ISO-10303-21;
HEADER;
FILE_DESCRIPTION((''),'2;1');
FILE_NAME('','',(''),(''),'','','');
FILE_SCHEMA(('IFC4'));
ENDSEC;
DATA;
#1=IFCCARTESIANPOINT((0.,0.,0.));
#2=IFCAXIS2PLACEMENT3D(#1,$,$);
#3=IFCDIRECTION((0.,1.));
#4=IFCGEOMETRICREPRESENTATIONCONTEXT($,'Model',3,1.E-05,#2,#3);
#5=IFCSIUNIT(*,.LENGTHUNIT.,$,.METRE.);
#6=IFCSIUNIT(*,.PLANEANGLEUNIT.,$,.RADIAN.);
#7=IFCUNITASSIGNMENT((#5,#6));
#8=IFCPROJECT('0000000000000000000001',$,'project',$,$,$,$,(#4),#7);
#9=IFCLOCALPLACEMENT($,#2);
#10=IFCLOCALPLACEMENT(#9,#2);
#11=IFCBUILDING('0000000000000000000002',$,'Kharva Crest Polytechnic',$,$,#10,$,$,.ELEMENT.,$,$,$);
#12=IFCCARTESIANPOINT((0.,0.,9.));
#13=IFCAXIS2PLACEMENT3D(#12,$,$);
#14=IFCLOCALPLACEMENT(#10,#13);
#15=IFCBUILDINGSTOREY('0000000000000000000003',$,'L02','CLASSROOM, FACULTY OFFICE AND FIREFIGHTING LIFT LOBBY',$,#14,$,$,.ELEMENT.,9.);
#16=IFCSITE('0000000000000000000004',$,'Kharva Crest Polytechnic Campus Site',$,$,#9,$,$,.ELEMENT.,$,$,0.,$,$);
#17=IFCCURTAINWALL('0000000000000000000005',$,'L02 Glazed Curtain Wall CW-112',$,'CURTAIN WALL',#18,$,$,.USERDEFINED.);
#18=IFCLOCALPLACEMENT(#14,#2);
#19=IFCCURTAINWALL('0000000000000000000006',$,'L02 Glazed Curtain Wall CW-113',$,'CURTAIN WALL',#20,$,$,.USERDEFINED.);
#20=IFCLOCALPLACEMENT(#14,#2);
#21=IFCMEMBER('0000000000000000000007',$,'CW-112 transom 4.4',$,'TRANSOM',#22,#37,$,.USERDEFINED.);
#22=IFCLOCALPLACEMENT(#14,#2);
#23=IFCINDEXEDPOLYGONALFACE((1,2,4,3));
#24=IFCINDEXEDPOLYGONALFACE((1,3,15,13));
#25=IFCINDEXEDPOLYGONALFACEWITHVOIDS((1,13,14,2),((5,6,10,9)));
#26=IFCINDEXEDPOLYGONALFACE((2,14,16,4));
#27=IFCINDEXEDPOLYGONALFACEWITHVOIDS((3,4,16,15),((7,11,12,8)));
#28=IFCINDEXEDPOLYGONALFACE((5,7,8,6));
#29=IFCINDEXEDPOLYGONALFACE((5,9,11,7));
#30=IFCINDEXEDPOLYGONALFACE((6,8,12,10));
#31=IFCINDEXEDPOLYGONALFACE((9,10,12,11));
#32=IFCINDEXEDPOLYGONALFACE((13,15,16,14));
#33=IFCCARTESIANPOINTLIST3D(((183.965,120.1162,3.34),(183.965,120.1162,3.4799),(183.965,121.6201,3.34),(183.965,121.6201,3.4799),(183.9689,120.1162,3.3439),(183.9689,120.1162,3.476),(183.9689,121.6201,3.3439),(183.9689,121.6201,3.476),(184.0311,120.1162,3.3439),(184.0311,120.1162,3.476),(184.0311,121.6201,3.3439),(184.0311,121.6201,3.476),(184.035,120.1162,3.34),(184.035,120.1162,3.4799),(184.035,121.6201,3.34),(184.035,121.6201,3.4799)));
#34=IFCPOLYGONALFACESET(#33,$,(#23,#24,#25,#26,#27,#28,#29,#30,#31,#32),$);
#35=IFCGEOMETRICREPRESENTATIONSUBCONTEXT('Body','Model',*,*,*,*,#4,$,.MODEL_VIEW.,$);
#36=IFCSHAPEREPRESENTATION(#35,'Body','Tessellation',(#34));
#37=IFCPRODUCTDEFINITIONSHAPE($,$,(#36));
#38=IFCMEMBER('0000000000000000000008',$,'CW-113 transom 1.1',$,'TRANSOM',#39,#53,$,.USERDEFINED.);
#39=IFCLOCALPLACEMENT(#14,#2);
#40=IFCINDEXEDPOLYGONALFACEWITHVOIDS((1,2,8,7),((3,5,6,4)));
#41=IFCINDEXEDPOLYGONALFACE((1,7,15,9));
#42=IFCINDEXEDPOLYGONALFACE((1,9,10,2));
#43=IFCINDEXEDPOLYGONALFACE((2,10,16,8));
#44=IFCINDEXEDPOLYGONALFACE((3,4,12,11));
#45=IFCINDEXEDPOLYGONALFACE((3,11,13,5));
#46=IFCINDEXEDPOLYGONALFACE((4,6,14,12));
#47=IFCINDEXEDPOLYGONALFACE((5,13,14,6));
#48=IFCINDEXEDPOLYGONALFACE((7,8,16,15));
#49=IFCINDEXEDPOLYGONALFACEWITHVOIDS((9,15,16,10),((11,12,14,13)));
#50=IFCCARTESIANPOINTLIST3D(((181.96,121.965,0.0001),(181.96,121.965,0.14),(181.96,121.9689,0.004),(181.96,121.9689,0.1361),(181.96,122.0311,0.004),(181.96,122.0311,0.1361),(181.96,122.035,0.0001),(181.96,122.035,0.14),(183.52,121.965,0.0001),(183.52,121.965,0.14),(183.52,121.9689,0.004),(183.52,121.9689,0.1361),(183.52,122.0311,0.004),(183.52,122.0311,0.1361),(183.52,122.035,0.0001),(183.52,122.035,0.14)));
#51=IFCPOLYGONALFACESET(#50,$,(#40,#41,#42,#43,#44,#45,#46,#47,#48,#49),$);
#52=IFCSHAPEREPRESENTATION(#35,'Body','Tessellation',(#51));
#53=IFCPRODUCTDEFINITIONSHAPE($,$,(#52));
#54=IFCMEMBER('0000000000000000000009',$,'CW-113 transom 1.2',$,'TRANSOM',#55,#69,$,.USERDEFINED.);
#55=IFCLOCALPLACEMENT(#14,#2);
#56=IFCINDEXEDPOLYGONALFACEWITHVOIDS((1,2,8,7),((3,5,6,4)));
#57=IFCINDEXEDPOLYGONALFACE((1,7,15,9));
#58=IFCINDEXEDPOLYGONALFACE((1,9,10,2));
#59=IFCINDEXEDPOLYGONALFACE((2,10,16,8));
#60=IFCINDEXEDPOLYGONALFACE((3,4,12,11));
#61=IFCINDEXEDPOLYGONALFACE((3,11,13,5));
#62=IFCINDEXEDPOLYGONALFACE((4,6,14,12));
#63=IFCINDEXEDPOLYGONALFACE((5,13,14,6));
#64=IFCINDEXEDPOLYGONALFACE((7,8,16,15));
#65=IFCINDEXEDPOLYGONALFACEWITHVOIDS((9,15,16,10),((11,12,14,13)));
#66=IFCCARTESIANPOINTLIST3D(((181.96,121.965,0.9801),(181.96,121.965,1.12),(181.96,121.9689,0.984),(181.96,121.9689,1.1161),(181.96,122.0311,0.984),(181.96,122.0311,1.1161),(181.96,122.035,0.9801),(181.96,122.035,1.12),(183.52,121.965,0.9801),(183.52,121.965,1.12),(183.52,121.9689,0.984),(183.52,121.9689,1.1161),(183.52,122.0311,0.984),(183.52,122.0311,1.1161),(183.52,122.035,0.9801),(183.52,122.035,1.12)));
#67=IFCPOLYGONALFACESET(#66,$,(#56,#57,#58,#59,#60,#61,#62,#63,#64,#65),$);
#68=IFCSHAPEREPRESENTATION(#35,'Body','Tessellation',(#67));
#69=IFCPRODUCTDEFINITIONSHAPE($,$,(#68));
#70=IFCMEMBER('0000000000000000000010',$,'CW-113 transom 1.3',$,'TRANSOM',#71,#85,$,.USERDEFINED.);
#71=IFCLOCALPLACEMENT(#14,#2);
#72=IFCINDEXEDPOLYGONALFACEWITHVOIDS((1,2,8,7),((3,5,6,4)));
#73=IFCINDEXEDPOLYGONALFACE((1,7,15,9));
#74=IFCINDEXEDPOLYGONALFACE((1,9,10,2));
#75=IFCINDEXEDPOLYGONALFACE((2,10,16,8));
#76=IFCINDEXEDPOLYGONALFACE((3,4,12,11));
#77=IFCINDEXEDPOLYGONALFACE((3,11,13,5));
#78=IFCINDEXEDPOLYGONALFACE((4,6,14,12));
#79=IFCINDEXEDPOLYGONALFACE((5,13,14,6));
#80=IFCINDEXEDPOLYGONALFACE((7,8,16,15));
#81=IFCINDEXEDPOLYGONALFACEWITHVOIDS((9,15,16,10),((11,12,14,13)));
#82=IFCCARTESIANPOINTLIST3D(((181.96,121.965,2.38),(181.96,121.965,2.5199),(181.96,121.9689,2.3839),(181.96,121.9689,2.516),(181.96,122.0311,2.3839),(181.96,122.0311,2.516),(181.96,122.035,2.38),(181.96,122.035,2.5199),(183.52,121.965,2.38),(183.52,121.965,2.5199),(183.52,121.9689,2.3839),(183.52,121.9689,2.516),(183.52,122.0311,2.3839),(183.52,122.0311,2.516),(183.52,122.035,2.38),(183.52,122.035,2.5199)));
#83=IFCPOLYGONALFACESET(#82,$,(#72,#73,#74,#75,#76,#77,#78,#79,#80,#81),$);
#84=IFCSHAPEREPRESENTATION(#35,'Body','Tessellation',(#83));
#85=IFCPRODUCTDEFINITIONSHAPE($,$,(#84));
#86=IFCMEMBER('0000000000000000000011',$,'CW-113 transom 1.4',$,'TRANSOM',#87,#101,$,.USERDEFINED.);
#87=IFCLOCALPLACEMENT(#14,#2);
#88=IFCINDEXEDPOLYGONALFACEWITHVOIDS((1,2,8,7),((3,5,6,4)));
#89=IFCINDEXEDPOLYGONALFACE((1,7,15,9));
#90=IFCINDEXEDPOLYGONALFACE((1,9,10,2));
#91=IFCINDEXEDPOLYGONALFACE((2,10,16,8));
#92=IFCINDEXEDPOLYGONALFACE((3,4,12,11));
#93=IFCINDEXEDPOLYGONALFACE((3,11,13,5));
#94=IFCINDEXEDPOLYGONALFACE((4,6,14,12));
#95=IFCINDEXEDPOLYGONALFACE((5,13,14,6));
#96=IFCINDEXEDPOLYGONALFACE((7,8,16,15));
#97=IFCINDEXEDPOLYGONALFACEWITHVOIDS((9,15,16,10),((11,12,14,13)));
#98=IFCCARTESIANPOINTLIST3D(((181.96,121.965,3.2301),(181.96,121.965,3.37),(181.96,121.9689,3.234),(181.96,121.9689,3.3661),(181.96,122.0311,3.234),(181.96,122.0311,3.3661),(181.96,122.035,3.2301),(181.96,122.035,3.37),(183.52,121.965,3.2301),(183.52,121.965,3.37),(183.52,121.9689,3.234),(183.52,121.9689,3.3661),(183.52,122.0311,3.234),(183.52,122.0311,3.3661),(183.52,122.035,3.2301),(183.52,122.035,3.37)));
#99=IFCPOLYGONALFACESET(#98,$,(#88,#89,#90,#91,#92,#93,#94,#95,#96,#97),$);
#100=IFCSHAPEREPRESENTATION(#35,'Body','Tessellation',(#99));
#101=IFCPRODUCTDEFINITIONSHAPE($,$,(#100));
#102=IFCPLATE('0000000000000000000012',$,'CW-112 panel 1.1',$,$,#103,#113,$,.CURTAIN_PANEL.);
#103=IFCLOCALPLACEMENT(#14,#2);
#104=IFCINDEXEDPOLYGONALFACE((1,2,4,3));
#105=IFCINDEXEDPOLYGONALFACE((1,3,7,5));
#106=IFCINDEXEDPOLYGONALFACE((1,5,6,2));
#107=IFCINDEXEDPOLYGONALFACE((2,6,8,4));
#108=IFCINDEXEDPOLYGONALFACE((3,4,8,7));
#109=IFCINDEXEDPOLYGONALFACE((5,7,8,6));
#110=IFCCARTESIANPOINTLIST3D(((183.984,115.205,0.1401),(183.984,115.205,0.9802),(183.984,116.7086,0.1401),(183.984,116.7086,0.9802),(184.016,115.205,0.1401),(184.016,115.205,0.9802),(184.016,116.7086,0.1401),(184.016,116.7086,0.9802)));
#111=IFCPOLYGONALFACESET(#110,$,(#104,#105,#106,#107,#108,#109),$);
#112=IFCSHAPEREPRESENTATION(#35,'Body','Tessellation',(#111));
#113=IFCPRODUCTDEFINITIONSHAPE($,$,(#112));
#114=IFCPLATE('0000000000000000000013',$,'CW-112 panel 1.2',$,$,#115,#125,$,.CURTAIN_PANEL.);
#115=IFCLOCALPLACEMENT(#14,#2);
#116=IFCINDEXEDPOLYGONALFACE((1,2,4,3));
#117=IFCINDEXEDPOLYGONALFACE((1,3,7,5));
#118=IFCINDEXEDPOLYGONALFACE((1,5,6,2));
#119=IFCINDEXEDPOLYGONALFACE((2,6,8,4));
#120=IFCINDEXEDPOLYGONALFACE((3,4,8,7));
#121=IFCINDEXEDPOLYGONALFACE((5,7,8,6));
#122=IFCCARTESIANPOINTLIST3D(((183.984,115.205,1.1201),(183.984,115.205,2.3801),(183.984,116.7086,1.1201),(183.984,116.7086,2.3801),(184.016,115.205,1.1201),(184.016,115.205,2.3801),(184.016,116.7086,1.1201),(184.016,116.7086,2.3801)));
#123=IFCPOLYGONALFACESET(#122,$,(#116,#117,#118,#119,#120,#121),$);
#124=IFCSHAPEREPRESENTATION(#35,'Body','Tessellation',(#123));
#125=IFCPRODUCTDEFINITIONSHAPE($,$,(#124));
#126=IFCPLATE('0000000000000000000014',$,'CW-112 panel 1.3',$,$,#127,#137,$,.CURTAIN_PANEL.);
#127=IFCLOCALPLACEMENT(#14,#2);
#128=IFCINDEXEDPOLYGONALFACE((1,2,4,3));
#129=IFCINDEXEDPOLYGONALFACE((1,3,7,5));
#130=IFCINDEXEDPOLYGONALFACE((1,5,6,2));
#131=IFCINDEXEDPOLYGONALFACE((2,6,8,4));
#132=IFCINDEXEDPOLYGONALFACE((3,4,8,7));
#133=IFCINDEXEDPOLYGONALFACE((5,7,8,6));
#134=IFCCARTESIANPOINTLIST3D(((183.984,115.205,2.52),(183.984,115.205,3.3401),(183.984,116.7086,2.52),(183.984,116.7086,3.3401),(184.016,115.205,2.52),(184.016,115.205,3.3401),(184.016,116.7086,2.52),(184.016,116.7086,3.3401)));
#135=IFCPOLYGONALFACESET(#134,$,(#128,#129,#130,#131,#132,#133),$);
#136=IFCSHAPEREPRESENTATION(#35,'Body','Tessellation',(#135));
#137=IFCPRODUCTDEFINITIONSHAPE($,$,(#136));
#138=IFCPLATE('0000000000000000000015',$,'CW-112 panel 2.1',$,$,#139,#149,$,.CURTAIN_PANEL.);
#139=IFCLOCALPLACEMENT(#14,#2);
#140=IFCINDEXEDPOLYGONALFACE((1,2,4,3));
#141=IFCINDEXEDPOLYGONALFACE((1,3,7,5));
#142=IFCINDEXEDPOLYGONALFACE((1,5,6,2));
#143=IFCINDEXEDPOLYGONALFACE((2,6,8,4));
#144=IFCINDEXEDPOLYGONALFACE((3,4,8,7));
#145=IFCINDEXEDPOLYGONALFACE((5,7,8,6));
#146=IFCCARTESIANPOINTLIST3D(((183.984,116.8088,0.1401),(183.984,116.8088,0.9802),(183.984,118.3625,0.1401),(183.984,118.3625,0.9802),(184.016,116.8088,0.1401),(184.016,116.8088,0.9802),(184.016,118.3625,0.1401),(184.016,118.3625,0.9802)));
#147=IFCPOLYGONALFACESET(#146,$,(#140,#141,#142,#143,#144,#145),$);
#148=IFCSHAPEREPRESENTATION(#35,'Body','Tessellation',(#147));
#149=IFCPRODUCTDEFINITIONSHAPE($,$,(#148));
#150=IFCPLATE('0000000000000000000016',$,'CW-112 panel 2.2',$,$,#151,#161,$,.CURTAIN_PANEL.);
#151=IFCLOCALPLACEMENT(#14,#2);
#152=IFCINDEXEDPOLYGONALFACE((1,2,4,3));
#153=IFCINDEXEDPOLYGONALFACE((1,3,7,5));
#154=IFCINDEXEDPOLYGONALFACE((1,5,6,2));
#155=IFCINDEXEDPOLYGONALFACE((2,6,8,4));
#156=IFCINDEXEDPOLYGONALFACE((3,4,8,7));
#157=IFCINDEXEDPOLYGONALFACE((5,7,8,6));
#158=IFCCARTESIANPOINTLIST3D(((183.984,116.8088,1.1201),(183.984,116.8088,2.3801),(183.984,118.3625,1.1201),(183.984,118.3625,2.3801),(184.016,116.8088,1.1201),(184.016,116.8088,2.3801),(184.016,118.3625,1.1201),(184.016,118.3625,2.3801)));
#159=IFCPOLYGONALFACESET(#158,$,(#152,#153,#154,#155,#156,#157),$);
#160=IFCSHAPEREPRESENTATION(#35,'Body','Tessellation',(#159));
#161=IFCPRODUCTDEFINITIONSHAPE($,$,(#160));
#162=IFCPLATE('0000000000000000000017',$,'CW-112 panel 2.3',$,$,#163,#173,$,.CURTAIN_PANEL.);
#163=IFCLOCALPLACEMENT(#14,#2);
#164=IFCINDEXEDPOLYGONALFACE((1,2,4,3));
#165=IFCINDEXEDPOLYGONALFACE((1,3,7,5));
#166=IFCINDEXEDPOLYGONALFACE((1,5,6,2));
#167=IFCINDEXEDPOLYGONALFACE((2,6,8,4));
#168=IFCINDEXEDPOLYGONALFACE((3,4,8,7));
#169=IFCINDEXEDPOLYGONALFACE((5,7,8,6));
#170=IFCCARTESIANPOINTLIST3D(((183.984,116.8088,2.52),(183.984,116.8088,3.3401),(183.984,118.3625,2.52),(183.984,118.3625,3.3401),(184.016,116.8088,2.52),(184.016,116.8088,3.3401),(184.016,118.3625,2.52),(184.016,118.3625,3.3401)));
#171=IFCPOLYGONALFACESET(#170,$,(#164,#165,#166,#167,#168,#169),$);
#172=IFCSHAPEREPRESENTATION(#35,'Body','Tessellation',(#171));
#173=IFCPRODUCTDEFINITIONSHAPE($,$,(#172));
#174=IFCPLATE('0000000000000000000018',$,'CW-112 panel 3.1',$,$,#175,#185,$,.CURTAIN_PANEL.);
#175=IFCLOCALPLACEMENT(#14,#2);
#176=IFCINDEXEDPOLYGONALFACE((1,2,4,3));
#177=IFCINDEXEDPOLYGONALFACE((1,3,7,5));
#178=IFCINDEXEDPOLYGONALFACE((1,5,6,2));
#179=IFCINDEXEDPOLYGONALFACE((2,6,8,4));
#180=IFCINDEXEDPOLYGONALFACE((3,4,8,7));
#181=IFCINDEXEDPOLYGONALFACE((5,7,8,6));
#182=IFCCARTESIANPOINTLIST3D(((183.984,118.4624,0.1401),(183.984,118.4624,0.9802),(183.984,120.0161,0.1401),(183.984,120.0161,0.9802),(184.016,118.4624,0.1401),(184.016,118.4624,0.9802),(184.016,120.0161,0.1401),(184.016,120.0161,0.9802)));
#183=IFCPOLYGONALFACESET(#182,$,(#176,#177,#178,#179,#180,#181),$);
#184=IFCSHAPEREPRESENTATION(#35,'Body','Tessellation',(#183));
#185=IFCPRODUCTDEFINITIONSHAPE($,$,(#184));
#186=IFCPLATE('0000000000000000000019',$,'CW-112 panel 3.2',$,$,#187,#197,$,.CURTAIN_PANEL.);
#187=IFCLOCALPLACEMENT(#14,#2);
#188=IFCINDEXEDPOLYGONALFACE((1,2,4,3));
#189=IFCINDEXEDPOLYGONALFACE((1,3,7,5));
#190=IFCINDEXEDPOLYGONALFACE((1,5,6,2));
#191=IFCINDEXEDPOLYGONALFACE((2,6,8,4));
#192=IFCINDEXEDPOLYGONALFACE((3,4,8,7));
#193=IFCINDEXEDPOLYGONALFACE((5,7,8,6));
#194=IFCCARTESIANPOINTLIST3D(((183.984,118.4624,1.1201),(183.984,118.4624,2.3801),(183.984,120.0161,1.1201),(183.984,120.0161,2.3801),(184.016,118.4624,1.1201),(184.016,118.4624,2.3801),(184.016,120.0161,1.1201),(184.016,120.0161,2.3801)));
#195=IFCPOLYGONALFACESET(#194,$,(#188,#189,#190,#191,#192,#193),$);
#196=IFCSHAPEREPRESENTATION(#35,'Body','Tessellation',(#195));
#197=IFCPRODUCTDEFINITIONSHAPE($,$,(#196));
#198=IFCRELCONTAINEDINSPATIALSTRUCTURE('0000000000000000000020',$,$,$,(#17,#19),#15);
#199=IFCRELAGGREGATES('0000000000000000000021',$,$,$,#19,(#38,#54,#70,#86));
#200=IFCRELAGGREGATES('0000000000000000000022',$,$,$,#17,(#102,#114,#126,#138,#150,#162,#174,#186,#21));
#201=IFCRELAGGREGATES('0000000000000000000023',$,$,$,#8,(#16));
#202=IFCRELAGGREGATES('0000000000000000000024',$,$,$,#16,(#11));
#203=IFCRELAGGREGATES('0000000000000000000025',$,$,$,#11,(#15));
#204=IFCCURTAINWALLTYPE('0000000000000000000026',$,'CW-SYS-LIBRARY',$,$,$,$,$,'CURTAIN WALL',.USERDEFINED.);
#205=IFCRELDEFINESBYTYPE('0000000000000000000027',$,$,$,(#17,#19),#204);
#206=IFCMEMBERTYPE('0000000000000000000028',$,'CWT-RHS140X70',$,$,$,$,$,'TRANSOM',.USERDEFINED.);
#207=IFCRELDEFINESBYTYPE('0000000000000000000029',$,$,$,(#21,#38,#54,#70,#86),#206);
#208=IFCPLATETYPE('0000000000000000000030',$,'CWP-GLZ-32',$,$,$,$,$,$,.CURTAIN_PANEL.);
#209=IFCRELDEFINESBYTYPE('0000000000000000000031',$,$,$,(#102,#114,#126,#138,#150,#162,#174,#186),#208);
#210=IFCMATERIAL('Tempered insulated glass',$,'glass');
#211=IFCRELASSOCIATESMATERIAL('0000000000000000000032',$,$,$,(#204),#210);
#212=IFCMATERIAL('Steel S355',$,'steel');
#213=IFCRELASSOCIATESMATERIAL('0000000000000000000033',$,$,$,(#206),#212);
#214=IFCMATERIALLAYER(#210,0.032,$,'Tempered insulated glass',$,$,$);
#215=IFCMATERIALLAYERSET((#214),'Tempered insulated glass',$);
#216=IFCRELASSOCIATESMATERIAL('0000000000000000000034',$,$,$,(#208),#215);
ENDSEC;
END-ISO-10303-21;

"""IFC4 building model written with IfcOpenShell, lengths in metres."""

from ifc_helpers import new_model, si_unit, direction, frame, origin, origin_2d, place, context, subcontext, project, spatial, rectangle, hollow_rectangle, extrude, material, layer, layer_set, material_profile, profile_set, type_object, element, aggregate, save


model = new_model("IFC4")

# Units and contexts
model_context = context("Model", 3, precision=1e-05, world=origin(), true_north=direction((0.0, 1.0)))
body_context = subcontext(model_context, "Body", "Model", "MODEL_VIEW")
ifc_project = project(units=[si_unit("LENGTHUNIT", "METRE"), si_unit("PLANEANGLEUNIT", "RADIAN")], contexts=[model_context])

# Site, building, storey
site_placement = place(None, origin())
site = spatial("IfcSite", under=ifc_project, at=site_placement, Name="Kharva Crest Polytechnic Campus Site", CompositionType="ELEMENT", RefElevation=0.0)
building_placement = place(site_placement, origin())
building = spatial("IfcBuilding", under=site, at=building_placement, Name="Kharva Crest Polytechnic", CompositionType="ELEMENT")
storey_placement = place(building_placement, frame((0.0, 0.0, 9.0)))
storey = spatial("IfcBuildingStorey", under=building, at=storey_placement, Name="L02", Description="CLASSROOM, FACULTY OFFICE AND FIREFIGHTING LIFT LOBBY", CompositionType="ELEMENT", Elevation=9.0)

# Curtain wall
ifc_material_1 = material(Name="Tempered insulated glass", Category="glass")
curtain_wall_type = type_object("IfcCurtainWallType", Name="CW-SYS-LIBRARY", ElementType="CURTAIN WALL", PredefinedType="USERDEFINED", material=ifc_material_1)
curtain_wall_1_placement = place(storey_placement, origin())
curtain_wall_1 = element("IfcCurtainWall", 1, at=curtain_wall_1_placement, inside=storey, type_object=curtain_wall_type, Name="L02 Glazed Curtain Wall CW-112", ObjectType="CURTAIN WALL", PredefinedType="USERDEFINED")
ifc_material_2 = material(Name="Steel S355", Category="steel")

# Curtain wall
curtain_wall_2_placement = place(storey_placement, origin())
curtain_wall_2 = element("IfcCurtainWall", 2, at=curtain_wall_2_placement, inside=storey, type_object=curtain_wall_type, Name="L02 Glazed Curtain Wall CW-113", ObjectType="CURTAIN WALL", PredefinedType="USERDEFINED")

# Members
ifc_material_profile_1 = material_profile(ifc_material_2, hollow_rectangle(XDim=0.0701, YDim=0.1399, WallThickness=0.0039, at=origin_2d()), Name="RHS 140X70X4.0")
ifc_profile_set_1 = profile_set([ifc_material_profile_1], Name="Steel S355")
member_type_1 = type_object("IfcMemberType", Name="CWT-RHS140X70", ElementType="TRANSOM", PredefinedType="USERDEFINED", material=ifc_profile_set_1)
member_1_placement = place(storey_placement, frame((184.0, 120.1162, 3.4099), z_axis=(0.0, 1.0, 0.0), x_axis=(-1.0, 0.0, 0.0)))
member_1 = element("IfcMember", 3, at=member_1_placement, type_object=member_type_1, Name="CW-112 transom 4.4", ObjectType="TRANSOM", PredefinedType="USERDEFINED", context=body_context, shape_type="SweptSolid", body=[
    extrude(hollow_rectangle(XDim=0.0701, YDim=0.1399, WallThickness=0.0039, at=origin_2d()), origin(), (0.0, 0.0, 1.0), 1.5039),
])
member_2_placement = place(storey_placement, frame((183.52, 122.0, 0.0701), z_axis=(-1.0, 0.0, 0.0), x_axis=(0.0, -1.0, 0.0)))
member_2 = element("IfcMember", 4, at=member_2_placement, type_object=member_type_1, Name="CW-113 transom 1.1", ObjectType="TRANSOM", PredefinedType="USERDEFINED", context=body_context, shape_type="SweptSolid", body=[
    extrude(hollow_rectangle(XDim=0.0701, YDim=0.1399, WallThickness=0.0039, at=origin_2d()), origin(), (0.0, 0.0, 1.0), 1.5601),
])
member_3_placement = place(storey_placement, frame((183.52, 122.0, 1.05), z_axis=(-1.0, 0.0, 0.0), x_axis=(0.0, -1.0, 0.0)))
member_3 = element("IfcMember", 5, at=member_3_placement, type_object=member_type_1, Name="CW-113 transom 1.2", ObjectType="TRANSOM", PredefinedType="USERDEFINED", context=body_context, shape_type="SweptSolid", body=[
    extrude(hollow_rectangle(XDim=0.0701, YDim=0.1399, WallThickness=0.0039, at=origin_2d()), origin(), (0.0, 0.0, 1.0), 1.5601),
])
member_4_placement = place(storey_placement, frame((183.52, 122.0, 2.45), z_axis=(-1.0, 0.0, 0.0), x_axis=(0.0, -1.0, 0.0)))
member_4 = element("IfcMember", 6, at=member_4_placement, type_object=member_type_1, Name="CW-113 transom 1.3", ObjectType="TRANSOM", PredefinedType="USERDEFINED", context=body_context, shape_type="SweptSolid", body=[
    extrude(hollow_rectangle(XDim=0.0701, YDim=0.1399, WallThickness=0.0039, at=origin_2d()), origin(), (0.0, 0.0, 1.0), 1.5601),
])
member_5_placement = place(storey_placement, frame((183.52, 122.0, 3.3), z_axis=(-1.0, 0.0, 0.0), x_axis=(0.0, -1.0, 0.0)))
member_5 = element("IfcMember", 7, at=member_5_placement, type_object=member_type_1, Name="CW-113 transom 1.4", ObjectType="TRANSOM", PredefinedType="USERDEFINED", context=body_context, shape_type="SweptSolid", body=[
    extrude(hollow_rectangle(XDim=0.0701, YDim=0.1399, WallThickness=0.0039, at=origin_2d()), origin(), (0.0, 0.0, 1.0), 1.5601),
])
aggregate(curtain_wall_2, [member_2, member_3, member_4, member_5])

# Plates
ifc_layer = layer(ifc_material_1, 0.032, Name="Tempered insulated glass")
ifc_layer_set = layer_set([ifc_layer], Name="Tempered insulated glass")
plate_type = type_object("IfcPlateType", Name="CWP-GLZ-32", PredefinedType="CURTAIN_PANEL", material=ifc_layer_set)
plate_1_placement = place(storey_placement, frame((184.0, 115.9568, 0.1401), z_axis=(0.0, 0.0, 1.0), x_axis=(0.0, 1.0, 0.0)))
plate_1 = element("IfcPlate", 8, at=plate_1_placement, type_object=plate_type, Name="CW-112 panel 1.1", PredefinedType="CURTAIN_PANEL", context=body_context, shape_type="SweptSolid", body=[
    extrude(rectangle(XDim=1.5037, YDim=0.032, at=origin_2d()), origin(), (0.0, 0.0, 1.0), 0.8401),
])
plate_2_placement = place(storey_placement, frame((184.0, 115.9568, 1.1201), z_axis=(0.0, 0.0, 1.0), x_axis=(0.0, 1.0, 0.0)))
plate_2 = element("IfcPlate", 9, at=plate_2_placement, type_object=plate_type, Name="CW-112 panel 1.2", PredefinedType="CURTAIN_PANEL", context=body_context, shape_type="SweptSolid", body=[
    extrude(rectangle(XDim=1.5037, YDim=0.032, at=origin_2d()), origin(), (0.0, 0.0, 1.0), 1.26),
])
plate_3_placement = place(storey_placement, frame((184.0, 115.9568, 2.52), z_axis=(0.0, 0.0, 1.0), x_axis=(0.0, 1.0, 0.0)))
plate_3 = element("IfcPlate", 10, at=plate_3_placement, type_object=plate_type, Name="CW-112 panel 1.3", PredefinedType="CURTAIN_PANEL", context=body_context, shape_type="SweptSolid", body=[
    extrude(rectangle(XDim=1.5037, YDim=0.032, at=origin_2d()), origin(), (0.0, 0.0, 1.0), 0.8201),
])
plate_4_placement = place(storey_placement, frame((184.0, 117.5857, 0.1401), z_axis=(0.0, 0.0, 1.0), x_axis=(0.0, 1.0, 0.0)))
plate_4 = element("IfcPlate", 11, at=plate_4_placement, type_object=plate_type, Name="CW-112 panel 2.1", PredefinedType="CURTAIN_PANEL", context=body_context, shape_type="SweptSolid", body=[
    extrude(rectangle(XDim=1.5537, YDim=0.032, at=origin_2d()), origin(), (0.0, 0.0, 1.0), 0.8401),
])
plate_5_placement = place(storey_placement, frame((184.0, 117.5857, 1.1201), z_axis=(0.0, 0.0, 1.0), x_axis=(0.0, 1.0, 0.0)))
plate_5 = element("IfcPlate", 12, at=plate_5_placement, type_object=plate_type, Name="CW-112 panel 2.2", PredefinedType="CURTAIN_PANEL", context=body_context, shape_type="SweptSolid", body=[
    extrude(rectangle(XDim=1.5537, YDim=0.032, at=origin_2d()), origin(), (0.0, 0.0, 1.0), 1.26),
])
plate_6_placement = place(storey_placement, frame((184.0, 117.5857, 2.52), z_axis=(0.0, 0.0, 1.0), x_axis=(0.0, 1.0, 0.0)))
plate_6 = element("IfcPlate", 13, at=plate_6_placement, type_object=plate_type, Name="CW-112 panel 2.3", PredefinedType="CURTAIN_PANEL", context=body_context, shape_type="SweptSolid", body=[
    extrude(rectangle(XDim=1.5537, YDim=0.032, at=origin_2d()), origin(), (0.0, 0.0, 1.0), 0.8201),
])
plate_7_placement = place(storey_placement, frame((184.0, 119.2393, 0.1401), z_axis=(0.0, 0.0, 1.0), x_axis=(0.0, 1.0, 0.0)))
plate_7 = element("IfcPlate", 14, at=plate_7_placement, type_object=plate_type, Name="CW-112 panel 3.1", PredefinedType="CURTAIN_PANEL", context=body_context, shape_type="SweptSolid", body=[
    extrude(rectangle(XDim=1.5537, YDim=0.032, at=origin_2d()), origin(), (0.0, 0.0, 1.0), 0.8401),
])
plate_8_placement = place(storey_placement, frame((184.0, 119.2393, 1.1201), z_axis=(0.0, 0.0, 1.0), x_axis=(0.0, 1.0, 0.0)))
plate_8 = element("IfcPlate", 15, at=plate_8_placement, type_object=plate_type, Name="CW-112 panel 3.2", PredefinedType="CURTAIN_PANEL", context=body_context, shape_type="SweptSolid", body=[
    extrude(rectangle(XDim=1.5537, YDim=0.032, at=origin_2d()), origin(), (0.0, 0.0, 1.0), 1.26),
])
aggregate(curtain_wall_1, [plate_1, plate_2, plate_3, plate_4, plate_5, plate_6, plate_7, plate_8, member_1])

save(model, "model.ifc")
